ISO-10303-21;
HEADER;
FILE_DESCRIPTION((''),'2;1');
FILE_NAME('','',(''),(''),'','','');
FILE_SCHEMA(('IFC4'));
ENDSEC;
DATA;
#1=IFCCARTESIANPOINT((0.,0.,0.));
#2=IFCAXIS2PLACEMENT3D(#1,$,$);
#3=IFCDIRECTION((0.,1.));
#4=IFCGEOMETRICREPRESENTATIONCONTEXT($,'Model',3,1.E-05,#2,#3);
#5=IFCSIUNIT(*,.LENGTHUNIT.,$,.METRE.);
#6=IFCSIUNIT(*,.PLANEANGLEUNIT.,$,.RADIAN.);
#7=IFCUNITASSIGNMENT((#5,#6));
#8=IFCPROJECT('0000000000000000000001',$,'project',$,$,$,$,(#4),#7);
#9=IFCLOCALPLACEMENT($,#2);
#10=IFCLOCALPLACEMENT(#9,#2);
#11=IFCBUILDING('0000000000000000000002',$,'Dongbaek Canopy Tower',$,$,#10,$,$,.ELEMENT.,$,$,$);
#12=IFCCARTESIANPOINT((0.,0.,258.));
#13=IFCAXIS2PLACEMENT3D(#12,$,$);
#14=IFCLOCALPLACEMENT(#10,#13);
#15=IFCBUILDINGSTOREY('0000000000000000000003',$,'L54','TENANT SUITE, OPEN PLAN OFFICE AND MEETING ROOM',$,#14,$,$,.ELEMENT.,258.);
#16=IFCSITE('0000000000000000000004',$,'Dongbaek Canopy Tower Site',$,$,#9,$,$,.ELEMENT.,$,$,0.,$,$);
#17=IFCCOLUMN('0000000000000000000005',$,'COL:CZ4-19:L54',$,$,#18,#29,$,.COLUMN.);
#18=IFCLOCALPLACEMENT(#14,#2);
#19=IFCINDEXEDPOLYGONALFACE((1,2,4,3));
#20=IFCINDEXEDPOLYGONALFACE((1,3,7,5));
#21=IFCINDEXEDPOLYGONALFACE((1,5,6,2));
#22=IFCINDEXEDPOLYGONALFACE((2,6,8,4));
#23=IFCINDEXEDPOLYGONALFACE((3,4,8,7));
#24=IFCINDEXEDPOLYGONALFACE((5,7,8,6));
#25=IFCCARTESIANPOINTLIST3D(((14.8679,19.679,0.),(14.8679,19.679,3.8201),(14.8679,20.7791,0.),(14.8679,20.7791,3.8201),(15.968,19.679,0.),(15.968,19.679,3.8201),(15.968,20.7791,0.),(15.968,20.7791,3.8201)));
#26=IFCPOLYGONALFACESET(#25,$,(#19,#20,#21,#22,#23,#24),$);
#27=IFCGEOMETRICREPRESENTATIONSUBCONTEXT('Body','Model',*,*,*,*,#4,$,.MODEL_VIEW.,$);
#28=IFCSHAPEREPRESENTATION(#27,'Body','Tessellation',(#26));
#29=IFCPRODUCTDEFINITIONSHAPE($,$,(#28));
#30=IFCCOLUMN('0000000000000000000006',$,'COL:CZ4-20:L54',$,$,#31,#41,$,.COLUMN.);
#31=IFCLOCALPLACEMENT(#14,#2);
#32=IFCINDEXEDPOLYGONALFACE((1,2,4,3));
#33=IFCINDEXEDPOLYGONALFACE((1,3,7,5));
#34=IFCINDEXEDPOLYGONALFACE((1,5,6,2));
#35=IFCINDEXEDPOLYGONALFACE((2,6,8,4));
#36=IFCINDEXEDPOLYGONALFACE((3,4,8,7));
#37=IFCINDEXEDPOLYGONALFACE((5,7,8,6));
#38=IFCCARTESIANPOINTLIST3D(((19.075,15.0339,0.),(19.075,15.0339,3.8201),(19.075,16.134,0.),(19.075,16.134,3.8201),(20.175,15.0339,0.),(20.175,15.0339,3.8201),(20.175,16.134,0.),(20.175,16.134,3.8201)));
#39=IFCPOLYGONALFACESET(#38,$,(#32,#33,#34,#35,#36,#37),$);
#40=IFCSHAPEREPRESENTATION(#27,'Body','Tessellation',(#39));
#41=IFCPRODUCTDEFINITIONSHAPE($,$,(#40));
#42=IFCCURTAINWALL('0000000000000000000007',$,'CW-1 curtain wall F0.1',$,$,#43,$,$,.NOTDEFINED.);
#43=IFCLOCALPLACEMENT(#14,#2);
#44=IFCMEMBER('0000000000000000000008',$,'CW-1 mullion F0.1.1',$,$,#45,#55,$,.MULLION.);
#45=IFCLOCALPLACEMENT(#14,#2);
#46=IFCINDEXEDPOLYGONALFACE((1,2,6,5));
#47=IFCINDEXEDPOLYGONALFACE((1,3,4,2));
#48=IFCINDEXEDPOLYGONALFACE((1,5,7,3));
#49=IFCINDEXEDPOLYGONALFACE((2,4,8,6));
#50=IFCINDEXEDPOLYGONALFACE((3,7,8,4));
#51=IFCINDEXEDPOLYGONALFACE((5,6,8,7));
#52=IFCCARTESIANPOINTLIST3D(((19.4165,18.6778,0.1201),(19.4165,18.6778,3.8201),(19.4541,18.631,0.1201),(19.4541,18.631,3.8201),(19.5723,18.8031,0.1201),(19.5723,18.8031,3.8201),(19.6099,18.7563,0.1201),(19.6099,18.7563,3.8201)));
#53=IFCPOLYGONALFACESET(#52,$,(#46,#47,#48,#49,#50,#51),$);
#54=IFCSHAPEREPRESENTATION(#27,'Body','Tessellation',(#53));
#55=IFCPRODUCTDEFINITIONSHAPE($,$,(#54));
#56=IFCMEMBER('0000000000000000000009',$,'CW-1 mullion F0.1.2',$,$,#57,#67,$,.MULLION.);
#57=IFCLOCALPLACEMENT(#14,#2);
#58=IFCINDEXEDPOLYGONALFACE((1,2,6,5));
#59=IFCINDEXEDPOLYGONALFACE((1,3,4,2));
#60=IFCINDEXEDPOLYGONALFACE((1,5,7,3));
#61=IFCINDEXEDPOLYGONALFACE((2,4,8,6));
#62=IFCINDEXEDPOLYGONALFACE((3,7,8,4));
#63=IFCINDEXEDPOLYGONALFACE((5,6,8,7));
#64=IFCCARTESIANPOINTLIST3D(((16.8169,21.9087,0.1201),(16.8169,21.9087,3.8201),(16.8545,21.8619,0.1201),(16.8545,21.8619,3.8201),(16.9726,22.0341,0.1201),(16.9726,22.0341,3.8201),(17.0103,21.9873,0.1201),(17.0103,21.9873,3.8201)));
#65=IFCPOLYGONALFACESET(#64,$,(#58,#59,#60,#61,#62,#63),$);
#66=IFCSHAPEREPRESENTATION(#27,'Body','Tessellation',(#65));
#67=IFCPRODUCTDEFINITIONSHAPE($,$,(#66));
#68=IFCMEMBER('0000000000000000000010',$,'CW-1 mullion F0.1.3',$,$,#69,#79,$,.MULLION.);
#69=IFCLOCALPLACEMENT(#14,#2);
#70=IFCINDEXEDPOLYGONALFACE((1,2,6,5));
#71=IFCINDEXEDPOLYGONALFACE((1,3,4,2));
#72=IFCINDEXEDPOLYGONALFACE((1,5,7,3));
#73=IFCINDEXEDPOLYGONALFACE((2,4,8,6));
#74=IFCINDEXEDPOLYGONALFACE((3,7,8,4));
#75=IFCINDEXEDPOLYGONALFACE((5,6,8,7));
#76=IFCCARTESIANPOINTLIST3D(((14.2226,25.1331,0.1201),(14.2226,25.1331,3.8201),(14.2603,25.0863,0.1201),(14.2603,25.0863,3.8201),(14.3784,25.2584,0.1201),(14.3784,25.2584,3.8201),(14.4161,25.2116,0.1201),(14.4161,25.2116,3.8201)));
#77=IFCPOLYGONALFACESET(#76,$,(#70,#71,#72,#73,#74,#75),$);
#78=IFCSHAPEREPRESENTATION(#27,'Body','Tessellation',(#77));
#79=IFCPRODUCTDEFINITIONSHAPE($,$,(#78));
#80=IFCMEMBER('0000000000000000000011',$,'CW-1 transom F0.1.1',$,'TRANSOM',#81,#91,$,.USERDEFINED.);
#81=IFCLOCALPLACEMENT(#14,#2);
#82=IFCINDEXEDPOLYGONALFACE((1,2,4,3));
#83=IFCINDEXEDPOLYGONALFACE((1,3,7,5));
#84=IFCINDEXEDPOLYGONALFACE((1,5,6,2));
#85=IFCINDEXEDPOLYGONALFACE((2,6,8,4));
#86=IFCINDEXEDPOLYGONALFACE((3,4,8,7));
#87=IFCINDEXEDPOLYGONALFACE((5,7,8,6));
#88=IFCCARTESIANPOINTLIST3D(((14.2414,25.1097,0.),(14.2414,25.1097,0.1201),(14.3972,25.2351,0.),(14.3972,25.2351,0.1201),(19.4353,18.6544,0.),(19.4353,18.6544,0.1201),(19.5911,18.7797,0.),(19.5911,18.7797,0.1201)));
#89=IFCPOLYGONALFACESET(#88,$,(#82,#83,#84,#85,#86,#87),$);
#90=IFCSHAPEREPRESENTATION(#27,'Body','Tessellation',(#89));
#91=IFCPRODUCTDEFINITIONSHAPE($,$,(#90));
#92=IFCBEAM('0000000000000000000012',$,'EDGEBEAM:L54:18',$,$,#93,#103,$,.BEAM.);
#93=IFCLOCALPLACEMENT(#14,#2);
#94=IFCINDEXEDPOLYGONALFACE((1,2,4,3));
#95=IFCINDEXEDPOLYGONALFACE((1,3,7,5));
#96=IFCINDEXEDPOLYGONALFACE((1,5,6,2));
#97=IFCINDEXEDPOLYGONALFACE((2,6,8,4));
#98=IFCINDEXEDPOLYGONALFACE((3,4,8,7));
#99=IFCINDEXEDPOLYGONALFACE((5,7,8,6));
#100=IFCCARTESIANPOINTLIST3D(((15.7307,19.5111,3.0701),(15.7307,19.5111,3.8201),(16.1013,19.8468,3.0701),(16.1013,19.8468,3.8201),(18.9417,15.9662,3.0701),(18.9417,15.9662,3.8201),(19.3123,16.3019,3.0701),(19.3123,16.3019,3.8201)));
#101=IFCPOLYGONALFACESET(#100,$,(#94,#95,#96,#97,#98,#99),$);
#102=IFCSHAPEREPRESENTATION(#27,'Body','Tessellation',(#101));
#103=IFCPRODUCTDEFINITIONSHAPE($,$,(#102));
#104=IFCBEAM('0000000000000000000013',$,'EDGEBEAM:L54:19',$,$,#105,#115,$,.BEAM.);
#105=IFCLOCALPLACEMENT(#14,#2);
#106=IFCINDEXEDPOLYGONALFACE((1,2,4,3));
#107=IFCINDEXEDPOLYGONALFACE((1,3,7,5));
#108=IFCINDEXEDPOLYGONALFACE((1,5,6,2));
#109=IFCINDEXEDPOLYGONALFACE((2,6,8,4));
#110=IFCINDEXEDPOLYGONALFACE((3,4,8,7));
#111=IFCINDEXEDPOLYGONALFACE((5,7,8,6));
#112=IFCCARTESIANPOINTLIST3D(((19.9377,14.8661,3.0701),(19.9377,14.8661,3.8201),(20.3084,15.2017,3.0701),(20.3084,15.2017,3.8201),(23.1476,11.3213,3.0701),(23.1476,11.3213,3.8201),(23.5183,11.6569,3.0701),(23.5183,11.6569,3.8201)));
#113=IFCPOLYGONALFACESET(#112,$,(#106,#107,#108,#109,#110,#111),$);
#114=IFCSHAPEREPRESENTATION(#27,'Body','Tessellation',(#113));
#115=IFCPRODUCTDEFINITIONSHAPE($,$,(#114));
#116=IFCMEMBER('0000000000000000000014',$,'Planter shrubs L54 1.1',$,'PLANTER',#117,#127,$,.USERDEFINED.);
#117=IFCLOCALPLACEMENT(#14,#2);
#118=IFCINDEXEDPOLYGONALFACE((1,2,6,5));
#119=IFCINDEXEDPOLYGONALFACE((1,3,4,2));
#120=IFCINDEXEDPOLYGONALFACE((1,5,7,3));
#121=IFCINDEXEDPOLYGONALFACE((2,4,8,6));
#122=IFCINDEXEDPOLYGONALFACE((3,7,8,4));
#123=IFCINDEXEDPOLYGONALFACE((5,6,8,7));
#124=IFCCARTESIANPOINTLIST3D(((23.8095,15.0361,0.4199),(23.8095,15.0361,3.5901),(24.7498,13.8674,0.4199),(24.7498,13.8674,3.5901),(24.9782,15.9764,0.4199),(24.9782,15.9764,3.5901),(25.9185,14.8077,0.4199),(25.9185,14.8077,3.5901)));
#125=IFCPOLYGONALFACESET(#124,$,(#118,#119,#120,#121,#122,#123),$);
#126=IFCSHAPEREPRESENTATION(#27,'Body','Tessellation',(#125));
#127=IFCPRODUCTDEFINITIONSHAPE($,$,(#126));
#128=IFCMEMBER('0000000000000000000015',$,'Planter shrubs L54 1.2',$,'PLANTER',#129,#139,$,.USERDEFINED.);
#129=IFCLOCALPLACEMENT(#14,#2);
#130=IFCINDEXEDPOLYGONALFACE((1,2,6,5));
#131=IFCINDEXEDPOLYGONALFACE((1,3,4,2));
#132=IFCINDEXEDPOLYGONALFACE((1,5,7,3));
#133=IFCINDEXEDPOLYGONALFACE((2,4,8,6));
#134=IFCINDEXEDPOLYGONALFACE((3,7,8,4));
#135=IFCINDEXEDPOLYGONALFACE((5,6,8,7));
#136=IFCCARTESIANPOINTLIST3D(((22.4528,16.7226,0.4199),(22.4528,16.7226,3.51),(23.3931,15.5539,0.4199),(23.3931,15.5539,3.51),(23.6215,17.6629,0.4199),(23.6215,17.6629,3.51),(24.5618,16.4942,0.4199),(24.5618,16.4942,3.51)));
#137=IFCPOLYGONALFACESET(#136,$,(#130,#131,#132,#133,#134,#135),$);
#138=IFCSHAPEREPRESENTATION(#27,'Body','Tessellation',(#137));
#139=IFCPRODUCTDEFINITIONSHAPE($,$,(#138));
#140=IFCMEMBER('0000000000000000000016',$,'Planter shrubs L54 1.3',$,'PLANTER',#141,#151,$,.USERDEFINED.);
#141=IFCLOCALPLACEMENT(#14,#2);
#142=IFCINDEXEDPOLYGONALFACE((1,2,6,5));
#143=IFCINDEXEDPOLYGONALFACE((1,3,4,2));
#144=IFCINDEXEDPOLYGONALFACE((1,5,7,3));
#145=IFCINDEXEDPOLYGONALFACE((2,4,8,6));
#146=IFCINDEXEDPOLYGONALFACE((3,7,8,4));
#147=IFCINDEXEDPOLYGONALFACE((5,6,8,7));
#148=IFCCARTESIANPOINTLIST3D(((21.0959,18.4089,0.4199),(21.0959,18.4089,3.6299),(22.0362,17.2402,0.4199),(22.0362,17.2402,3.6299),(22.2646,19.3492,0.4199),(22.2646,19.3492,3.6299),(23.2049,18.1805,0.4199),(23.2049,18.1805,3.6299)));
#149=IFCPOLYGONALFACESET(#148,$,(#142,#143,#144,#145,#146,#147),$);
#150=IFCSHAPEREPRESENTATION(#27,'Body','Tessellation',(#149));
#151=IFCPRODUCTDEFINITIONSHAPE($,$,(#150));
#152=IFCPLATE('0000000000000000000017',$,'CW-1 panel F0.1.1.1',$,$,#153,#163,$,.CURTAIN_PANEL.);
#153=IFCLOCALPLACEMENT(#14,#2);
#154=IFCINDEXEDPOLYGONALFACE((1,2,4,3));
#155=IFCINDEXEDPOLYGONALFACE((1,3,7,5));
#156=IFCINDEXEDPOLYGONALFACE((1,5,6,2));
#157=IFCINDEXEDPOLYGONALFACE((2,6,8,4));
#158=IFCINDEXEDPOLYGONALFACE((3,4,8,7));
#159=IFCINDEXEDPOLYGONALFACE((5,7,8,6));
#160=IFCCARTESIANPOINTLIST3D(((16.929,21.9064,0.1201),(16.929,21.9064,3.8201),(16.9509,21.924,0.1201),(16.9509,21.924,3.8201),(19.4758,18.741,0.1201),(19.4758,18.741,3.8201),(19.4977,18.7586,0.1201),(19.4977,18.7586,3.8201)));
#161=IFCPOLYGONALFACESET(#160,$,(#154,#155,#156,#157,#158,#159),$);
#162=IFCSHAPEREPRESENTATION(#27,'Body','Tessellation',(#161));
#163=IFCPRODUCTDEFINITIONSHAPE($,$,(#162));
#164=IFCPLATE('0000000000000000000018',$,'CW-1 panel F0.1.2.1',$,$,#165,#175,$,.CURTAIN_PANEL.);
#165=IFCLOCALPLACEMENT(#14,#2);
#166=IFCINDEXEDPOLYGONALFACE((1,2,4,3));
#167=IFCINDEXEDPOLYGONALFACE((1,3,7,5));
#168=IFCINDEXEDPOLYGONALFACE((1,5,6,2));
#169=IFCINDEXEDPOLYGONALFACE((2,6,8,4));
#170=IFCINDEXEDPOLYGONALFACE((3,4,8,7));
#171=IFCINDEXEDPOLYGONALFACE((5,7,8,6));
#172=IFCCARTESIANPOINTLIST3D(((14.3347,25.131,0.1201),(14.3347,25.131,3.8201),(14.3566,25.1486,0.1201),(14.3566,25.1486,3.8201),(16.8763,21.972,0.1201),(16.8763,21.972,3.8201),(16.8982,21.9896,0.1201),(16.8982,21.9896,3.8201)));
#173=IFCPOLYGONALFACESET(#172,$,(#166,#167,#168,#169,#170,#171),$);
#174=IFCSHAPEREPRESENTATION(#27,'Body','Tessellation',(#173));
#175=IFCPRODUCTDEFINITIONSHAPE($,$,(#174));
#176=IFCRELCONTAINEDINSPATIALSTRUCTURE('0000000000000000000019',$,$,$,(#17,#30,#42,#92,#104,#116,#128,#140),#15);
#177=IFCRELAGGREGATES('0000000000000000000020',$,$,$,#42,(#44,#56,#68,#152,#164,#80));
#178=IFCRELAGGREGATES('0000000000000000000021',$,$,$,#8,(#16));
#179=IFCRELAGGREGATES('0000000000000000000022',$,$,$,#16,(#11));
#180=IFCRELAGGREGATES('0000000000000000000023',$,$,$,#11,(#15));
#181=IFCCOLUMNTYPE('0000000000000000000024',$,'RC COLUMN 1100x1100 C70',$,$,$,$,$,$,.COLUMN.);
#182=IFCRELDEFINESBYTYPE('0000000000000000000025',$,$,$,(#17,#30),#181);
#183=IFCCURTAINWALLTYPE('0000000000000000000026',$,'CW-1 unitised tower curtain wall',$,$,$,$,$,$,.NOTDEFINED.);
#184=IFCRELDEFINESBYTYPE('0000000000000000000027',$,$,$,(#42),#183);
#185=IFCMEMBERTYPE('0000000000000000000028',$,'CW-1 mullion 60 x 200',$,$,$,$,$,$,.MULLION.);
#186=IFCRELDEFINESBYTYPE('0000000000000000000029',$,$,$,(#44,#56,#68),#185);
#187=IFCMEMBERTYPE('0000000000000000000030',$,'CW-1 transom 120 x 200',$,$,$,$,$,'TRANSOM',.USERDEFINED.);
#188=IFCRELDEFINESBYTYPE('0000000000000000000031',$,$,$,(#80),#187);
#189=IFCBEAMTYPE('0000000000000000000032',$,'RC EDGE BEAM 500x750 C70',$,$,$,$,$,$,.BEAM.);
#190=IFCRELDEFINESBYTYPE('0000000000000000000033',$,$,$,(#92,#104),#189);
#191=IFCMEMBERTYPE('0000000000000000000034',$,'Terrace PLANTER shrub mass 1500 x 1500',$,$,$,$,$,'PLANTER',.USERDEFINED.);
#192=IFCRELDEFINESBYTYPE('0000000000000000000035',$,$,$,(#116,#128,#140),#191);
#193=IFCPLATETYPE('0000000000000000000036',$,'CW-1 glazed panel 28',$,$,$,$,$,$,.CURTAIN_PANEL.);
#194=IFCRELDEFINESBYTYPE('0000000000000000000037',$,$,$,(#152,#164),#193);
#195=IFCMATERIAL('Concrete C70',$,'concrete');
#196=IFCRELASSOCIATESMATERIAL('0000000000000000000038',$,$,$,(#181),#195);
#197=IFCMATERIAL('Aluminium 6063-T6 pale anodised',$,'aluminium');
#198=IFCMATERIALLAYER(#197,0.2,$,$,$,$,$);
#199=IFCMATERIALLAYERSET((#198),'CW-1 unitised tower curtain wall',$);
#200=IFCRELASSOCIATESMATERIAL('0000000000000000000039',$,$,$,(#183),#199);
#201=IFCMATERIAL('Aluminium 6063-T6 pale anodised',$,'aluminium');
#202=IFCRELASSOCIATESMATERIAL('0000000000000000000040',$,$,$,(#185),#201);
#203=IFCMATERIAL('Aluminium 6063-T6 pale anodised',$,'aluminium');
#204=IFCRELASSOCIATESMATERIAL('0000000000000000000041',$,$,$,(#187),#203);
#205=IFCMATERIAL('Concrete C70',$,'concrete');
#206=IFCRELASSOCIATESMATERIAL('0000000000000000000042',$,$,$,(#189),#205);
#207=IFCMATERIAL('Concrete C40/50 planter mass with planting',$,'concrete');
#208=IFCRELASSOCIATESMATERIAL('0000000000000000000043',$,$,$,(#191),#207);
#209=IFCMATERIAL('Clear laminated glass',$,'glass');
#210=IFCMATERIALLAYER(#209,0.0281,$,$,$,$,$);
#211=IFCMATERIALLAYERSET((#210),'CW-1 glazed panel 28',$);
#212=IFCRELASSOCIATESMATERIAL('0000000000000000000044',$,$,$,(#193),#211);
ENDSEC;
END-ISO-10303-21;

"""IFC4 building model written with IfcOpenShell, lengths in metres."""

from ifc_helpers import new_model, si_unit, direction, frame, origin, origin_2d, place, context, subcontext, project, spatial, rectangle, extrude, material, layer, layer_set, material_profile, profile_set, type_object, element, aggregate, save


model = new_model("IFC4")

# Units and contexts
model_context = context("Model", 3, precision=1e-05, world=origin(), true_north=direction((0.0, 1.0)))
body_context = subcontext(model_context, "Body", "Model", "MODEL_VIEW")
ifc_project = project(units=[si_unit("LENGTHUNIT", "METRE"), si_unit("PLANEANGLEUNIT", "RADIAN")], contexts=[model_context])

# Site, building, storey
site_placement = place(None, origin())
site = spatial("IfcSite", under=ifc_project, at=site_placement, Name="Dongbaek Canopy Tower Site", CompositionType="ELEMENT", RefElevation=0.0)
building_placement = place(site_placement, origin())
building = spatial("IfcBuilding", under=site, at=building_placement, Name="Dongbaek Canopy Tower", CompositionType="ELEMENT")
storey_placement = place(building_placement, frame((0.0, 0.0, 258.0)))
storey = spatial("IfcBuildingStorey", under=building, at=storey_placement, Name="L54", Description="TENANT SUITE, OPEN PLAN OFFICE AND MEETING ROOM", CompositionType="ELEMENT", Elevation=258.0)

# Columns
ifc_material_1 = material(Name="Concrete C70", Category="concrete")
ifc_material_profile_1 = material_profile(ifc_material_1, rectangle(XDim=1.1001, YDim=1.1001, at=origin_2d()), Name="RC COLUMN 1100x1100 C70")
ifc_profile_set_1 = profile_set([ifc_material_profile_1], Name="Concrete C70")
column_type = type_object("IfcColumnType", Name="RC COLUMN 1100x1100 C70", PredefinedType="COLUMN", material=ifc_profile_set_1)
for number, where, z_axis, x_axis, name in (
    (1, (15.418, 20.229, 0.0), (0.0, 0.0, 1.0), (1.0, 0.0, 0.0), "COL:CZ4-19:L54"),
    (2, (19.625, 15.584, 0.0), (0.0, 0.0, 1.0), (1.0, 0.0, 0.0), "COL:CZ4-20:L54"),
):
    element("IfcColumn", number, at=place(storey_placement, frame(where, z_axis=z_axis, x_axis=x_axis)), inside=storey, type_object=column_type, Name=name, PredefinedType="COLUMN", context=body_context, shape_type="SweptSolid", body=[
        extrude(rectangle(XDim=1.1001, YDim=1.1001, at=origin_2d()), origin(), (0.0, 0.0, 1.0), 3.8201),
    ])

# Curtain wall, members
ifc_material_2 = material(Name="Aluminium 6063-T6 pale anodised", Category="aluminium")
ifc_layer_1 = layer(ifc_material_2, 0.2)
ifc_layer_set_1 = layer_set([ifc_layer_1], Name="CW-1 unitised tower curtain wall")
curtain_wall_type = type_object("IfcCurtainWallType", Name="CW-1 unitised tower curtain wall", PredefinedType="NOTDEFINED", material=ifc_layer_set_1)
curtain_wall_placement = place(storey_placement, origin())
curtain_wall = element("IfcCurtainWall", 3, at=curtain_wall_placement, inside=storey, type_object=curtain_wall_type, Name="CW-1 curtain wall F0.1", PredefinedType="NOTDEFINED")
ifc_material_3 = material(Name="Aluminium 6063-T6 pale anodised", Category="aluminium")
ifc_material_profile_2 = material_profile(ifc_material_3, rectangle(XDim=0.2, YDim=0.0601, at=origin_2d()), Name="CW-1 mullion 60 x 200")
ifc_profile_set_2 = profile_set([ifc_material_profile_2], Name="Aluminium 6063-T6 pale anodised")
member_type_1 = type_object("IfcMemberType", Name="CW-1 mullion 60 x 200", PredefinedType="MULLION", material=ifc_profile_set_2)
member_1_placement = place(storey_placement, frame((19.5132, 18.717, 0.1201), z_axis=(0.0, 0.0, 1.0), x_axis=(0.779126, 0.626867, 0.0)))
member_1 = element("IfcMember", 4, at=member_1_placement, type_object=member_type_1, Name="CW-1 mullion F0.1.1", PredefinedType="MULLION", context=body_context, shape_type="SweptSolid", body=[
    extrude(rectangle(XDim=0.2, YDim=0.0601, at=origin_2d()), origin(), (0.0, 0.0, 1.0), 3.7),
])
member_2_placement = place(storey_placement, frame((16.9136, 21.948, 0.1201), z_axis=(0.0, 0.0, 1.0), x_axis=(0.779126, 0.626867, 0.0)))
member_2 = element("IfcMember", 5, at=member_2_placement, type_object=member_type_1, Name="CW-1 mullion F0.1.2", PredefinedType="MULLION", context=body_context, shape_type="SweptSolid", body=[
    extrude(rectangle(XDim=0.2, YDim=0.0601, at=origin_2d()), origin(), (0.0, 0.0, 1.0), 3.7),
])
member_3_placement = place(storey_placement, frame((14.3193, 25.1724, 0.1201), z_axis=(0.0, 0.0, 1.0), x_axis=(0.779126, 0.626867, 0.0)))
member_3 = element("IfcMember", 6, at=member_3_placement, type_object=member_type_1, Name="CW-1 mullion F0.1.3", PredefinedType="MULLION", context=body_context, shape_type="SweptSolid", body=[
    extrude(rectangle(XDim=0.2, YDim=0.0601, at=origin_2d()), origin(), (0.0, 0.0, 1.0), 3.7),
])
ifc_material_4 = material(Name="Aluminium 6063-T6 pale anodised", Category="aluminium")
ifc_material_profile_3 = material_profile(ifc_material_4, rectangle(XDim=0.2, YDim=0.1201, at=origin_2d()), Name="CW-1 transom 120 x 200")
ifc_profile_set_3 = profile_set([ifc_material_profile_3], Name="Aluminium 6063-T6 pale anodised")
member_type_2 = type_object("IfcMemberType", Name="CW-1 transom 120 x 200", ElementType="TRANSOM", PredefinedType="USERDEFINED", material=ifc_profile_set_3)
member_4_placement = place(storey_placement, frame((19.5132, 18.717, 0.0601), z_axis=(-0.62687, 0.779124, 0.0), x_axis=(-0.779124, -0.62687, 0.0)))
member_4 = element("IfcMember", 7, at=member_4_placement, type_object=member_type_2, Name="CW-1 transom F0.1.1", ObjectType="TRANSOM", PredefinedType="USERDEFINED", context=body_context, shape_type="SweptSolid", body=[
    extrude(rectangle(XDim=0.2, YDim=0.1201, at=origin_2d()), origin(), (0.0, 0.0, 1.0), 8.2854),
])

# Beams
ifc_material_5 = material(Name="Concrete C70", Category="concrete")
ifc_material_profile_4 = material_profile(ifc_material_5, rectangle(XDim=0.5, YDim=0.75, at=origin_2d()), Name="RC EDGE BEAM 500x750 C70")
ifc_profile_set_4 = profile_set([ifc_material_profile_4], Name="Concrete C70")
beam_type = type_object("IfcBeamType", Name="RC EDGE BEAM 500x750 C70", PredefinedType="BEAM", material=ifc_profile_set_4)
beam_1_placement = place(storey_placement, frame((15.916, 19.679, 3.4451), z_axis=(0.67133, -0.741158, 0.0), x_axis=(0.741158, 0.67133, 0.0)))
element("IfcBeam", 8, at=beam_1_placement, inside=storey, type_object=beam_type, Name="EDGEBEAM:L54:18", PredefinedType="BEAM", context=body_context, shape_type="SweptSolid", body=[
    extrude(rectangle(XDim=0.5, YDim=0.75, at=origin_2d()), origin(), (0.0, 0.0, 1.0), 4.783),
])
beam_2_placement = place(storey_placement, frame((20.123, 15.0339, 3.4451), z_axis=(0.671218, -0.74126, 0.0), x_axis=(0.74126, 0.671218, 0.0)))
element("IfcBeam", 9, at=beam_2_placement, inside=storey, type_object=beam_type, Name="EDGEBEAM:L54:19", PredefinedType="BEAM", context=body_context, shape_type="SweptSolid", body=[
    extrude(rectangle(XDim=0.5, YDim=0.75, at=origin_2d()), origin(), (0.0, 0.0, 1.0), 4.7822),
])

# Members
ifc_material_6 = material(Name="Concrete C40/50 planter mass with planting", Category="concrete")
ifc_material_profile_5 = material_profile(ifc_material_6, rectangle(XDim=1.5, YDim=1.5, at=origin_2d()), Name="Terrace PLANTER shrub mass 1500 x 1500")
ifc_profile_set_5 = profile_set([ifc_material_profile_5], Name="Concrete C40/50 planter mass with planting")
member_type_3 = type_object("IfcMemberType", Name="Terrace PLANTER shrub mass 1500 x 1500", ElementType="PLANTER", PredefinedType="USERDEFINED", material=ifc_profile_set_5)
member_5_placement = place(storey_placement, frame((24.864, 14.9219, 0.4199), z_axis=(0.0, 0.0, 1.0), x_axis=(0.779126, 0.626867, 0.0)))
element("IfcMember", 10, at=member_5_placement, inside=storey, type_object=member_type_3, Name="Planter shrubs L54 1.1", ObjectType="PLANTER", PredefinedType="USERDEFINED", context=body_context, shape_type="SweptSolid", body=[
    extrude(rectangle(XDim=1.5, YDim=1.5, at=origin_2d()), origin(), (0.0, 0.0, 1.0), 3.1702),
])
member_6_placement = place(storey_placement, frame((23.5073, 16.6084, 0.4199), z_axis=(0.0, 0.0, 1.0), x_axis=(0.779126, 0.626867, 0.0)))
element("IfcMember", 11, at=member_6_placement, inside=storey, type_object=member_type_3, Name="Planter shrubs L54 1.2", ObjectType="PLANTER", PredefinedType="USERDEFINED", context=body_context, shape_type="SweptSolid", body=[
    extrude(rectangle(XDim=1.5, YDim=1.5, at=origin_2d()), origin(), (0.0, 0.0, 1.0), 3.0901),
])
member_7_placement = place(storey_placement, frame((22.1504, 18.2947, 0.4199), z_axis=(0.0, 0.0, 1.0), x_axis=(0.779126, 0.626867, 0.0)))
element("IfcMember", 12, at=member_7_placement, inside=storey, type_object=member_type_3, Name="Planter shrubs L54 1.3", ObjectType="PLANTER", PredefinedType="USERDEFINED", context=body_context, shape_type="SweptSolid", body=[
    extrude(rectangle(XDim=1.5, YDim=1.5, at=origin_2d()), origin(), (0.0, 0.0, 1.0), 3.21),
])

# Plates
ifc_material_7 = material(Name="Clear laminated glass", Category="glass")
ifc_layer_2 = layer(ifc_material_7, 0.0281)
ifc_layer_set_2 = layer_set([ifc_layer_2], Name="CW-1 glazed panel 28")
plate_type = type_object("IfcPlateType", Name="CW-1 glazed panel 28", PredefinedType="CURTAIN_PANEL", material=ifc_layer_set_2)
plate_1_placement = place(storey_placement, frame((18.2134, 20.3325, 0.1201), z_axis=(0.0, 0.0, 1.0), x_axis=(-0.626867, 0.779126, 0.0)))
plate_1 = element("IfcPlate", 13, at=plate_1_placement, type_object=plate_type, Name="CW-1 panel F0.1.1.1", PredefinedType="CURTAIN_PANEL", context=body_context, shape_type="SweptSolid", body=[
    extrude(rectangle(XDim=4.0627, YDim=0.0281, at=origin_2d()), origin(), (0.0, 0.0, 1.0), 3.7),
])
plate_2_placement = place(storey_placement, frame((15.6165, 23.5603, 0.1201), z_axis=(0.0, 0.0, 1.0), x_axis=(-0.626867, 0.779126, 0.0)))
plate_2 = element("IfcPlate", 14, at=plate_2_placement, type_object=plate_type, Name="CW-1 panel F0.1.2.1", PredefinedType="CURTAIN_PANEL", context=body_context, shape_type="SweptSolid", body=[
    extrude(rectangle(XDim=4.0544, YDim=0.0281, at=origin_2d()), origin(), (0.0, 0.0, 1.0), 3.7),
])

aggregate(curtain_wall, [member_1, member_2, member_3, plate_1, plate_2, member_4])

save(model, "model.ifc")
